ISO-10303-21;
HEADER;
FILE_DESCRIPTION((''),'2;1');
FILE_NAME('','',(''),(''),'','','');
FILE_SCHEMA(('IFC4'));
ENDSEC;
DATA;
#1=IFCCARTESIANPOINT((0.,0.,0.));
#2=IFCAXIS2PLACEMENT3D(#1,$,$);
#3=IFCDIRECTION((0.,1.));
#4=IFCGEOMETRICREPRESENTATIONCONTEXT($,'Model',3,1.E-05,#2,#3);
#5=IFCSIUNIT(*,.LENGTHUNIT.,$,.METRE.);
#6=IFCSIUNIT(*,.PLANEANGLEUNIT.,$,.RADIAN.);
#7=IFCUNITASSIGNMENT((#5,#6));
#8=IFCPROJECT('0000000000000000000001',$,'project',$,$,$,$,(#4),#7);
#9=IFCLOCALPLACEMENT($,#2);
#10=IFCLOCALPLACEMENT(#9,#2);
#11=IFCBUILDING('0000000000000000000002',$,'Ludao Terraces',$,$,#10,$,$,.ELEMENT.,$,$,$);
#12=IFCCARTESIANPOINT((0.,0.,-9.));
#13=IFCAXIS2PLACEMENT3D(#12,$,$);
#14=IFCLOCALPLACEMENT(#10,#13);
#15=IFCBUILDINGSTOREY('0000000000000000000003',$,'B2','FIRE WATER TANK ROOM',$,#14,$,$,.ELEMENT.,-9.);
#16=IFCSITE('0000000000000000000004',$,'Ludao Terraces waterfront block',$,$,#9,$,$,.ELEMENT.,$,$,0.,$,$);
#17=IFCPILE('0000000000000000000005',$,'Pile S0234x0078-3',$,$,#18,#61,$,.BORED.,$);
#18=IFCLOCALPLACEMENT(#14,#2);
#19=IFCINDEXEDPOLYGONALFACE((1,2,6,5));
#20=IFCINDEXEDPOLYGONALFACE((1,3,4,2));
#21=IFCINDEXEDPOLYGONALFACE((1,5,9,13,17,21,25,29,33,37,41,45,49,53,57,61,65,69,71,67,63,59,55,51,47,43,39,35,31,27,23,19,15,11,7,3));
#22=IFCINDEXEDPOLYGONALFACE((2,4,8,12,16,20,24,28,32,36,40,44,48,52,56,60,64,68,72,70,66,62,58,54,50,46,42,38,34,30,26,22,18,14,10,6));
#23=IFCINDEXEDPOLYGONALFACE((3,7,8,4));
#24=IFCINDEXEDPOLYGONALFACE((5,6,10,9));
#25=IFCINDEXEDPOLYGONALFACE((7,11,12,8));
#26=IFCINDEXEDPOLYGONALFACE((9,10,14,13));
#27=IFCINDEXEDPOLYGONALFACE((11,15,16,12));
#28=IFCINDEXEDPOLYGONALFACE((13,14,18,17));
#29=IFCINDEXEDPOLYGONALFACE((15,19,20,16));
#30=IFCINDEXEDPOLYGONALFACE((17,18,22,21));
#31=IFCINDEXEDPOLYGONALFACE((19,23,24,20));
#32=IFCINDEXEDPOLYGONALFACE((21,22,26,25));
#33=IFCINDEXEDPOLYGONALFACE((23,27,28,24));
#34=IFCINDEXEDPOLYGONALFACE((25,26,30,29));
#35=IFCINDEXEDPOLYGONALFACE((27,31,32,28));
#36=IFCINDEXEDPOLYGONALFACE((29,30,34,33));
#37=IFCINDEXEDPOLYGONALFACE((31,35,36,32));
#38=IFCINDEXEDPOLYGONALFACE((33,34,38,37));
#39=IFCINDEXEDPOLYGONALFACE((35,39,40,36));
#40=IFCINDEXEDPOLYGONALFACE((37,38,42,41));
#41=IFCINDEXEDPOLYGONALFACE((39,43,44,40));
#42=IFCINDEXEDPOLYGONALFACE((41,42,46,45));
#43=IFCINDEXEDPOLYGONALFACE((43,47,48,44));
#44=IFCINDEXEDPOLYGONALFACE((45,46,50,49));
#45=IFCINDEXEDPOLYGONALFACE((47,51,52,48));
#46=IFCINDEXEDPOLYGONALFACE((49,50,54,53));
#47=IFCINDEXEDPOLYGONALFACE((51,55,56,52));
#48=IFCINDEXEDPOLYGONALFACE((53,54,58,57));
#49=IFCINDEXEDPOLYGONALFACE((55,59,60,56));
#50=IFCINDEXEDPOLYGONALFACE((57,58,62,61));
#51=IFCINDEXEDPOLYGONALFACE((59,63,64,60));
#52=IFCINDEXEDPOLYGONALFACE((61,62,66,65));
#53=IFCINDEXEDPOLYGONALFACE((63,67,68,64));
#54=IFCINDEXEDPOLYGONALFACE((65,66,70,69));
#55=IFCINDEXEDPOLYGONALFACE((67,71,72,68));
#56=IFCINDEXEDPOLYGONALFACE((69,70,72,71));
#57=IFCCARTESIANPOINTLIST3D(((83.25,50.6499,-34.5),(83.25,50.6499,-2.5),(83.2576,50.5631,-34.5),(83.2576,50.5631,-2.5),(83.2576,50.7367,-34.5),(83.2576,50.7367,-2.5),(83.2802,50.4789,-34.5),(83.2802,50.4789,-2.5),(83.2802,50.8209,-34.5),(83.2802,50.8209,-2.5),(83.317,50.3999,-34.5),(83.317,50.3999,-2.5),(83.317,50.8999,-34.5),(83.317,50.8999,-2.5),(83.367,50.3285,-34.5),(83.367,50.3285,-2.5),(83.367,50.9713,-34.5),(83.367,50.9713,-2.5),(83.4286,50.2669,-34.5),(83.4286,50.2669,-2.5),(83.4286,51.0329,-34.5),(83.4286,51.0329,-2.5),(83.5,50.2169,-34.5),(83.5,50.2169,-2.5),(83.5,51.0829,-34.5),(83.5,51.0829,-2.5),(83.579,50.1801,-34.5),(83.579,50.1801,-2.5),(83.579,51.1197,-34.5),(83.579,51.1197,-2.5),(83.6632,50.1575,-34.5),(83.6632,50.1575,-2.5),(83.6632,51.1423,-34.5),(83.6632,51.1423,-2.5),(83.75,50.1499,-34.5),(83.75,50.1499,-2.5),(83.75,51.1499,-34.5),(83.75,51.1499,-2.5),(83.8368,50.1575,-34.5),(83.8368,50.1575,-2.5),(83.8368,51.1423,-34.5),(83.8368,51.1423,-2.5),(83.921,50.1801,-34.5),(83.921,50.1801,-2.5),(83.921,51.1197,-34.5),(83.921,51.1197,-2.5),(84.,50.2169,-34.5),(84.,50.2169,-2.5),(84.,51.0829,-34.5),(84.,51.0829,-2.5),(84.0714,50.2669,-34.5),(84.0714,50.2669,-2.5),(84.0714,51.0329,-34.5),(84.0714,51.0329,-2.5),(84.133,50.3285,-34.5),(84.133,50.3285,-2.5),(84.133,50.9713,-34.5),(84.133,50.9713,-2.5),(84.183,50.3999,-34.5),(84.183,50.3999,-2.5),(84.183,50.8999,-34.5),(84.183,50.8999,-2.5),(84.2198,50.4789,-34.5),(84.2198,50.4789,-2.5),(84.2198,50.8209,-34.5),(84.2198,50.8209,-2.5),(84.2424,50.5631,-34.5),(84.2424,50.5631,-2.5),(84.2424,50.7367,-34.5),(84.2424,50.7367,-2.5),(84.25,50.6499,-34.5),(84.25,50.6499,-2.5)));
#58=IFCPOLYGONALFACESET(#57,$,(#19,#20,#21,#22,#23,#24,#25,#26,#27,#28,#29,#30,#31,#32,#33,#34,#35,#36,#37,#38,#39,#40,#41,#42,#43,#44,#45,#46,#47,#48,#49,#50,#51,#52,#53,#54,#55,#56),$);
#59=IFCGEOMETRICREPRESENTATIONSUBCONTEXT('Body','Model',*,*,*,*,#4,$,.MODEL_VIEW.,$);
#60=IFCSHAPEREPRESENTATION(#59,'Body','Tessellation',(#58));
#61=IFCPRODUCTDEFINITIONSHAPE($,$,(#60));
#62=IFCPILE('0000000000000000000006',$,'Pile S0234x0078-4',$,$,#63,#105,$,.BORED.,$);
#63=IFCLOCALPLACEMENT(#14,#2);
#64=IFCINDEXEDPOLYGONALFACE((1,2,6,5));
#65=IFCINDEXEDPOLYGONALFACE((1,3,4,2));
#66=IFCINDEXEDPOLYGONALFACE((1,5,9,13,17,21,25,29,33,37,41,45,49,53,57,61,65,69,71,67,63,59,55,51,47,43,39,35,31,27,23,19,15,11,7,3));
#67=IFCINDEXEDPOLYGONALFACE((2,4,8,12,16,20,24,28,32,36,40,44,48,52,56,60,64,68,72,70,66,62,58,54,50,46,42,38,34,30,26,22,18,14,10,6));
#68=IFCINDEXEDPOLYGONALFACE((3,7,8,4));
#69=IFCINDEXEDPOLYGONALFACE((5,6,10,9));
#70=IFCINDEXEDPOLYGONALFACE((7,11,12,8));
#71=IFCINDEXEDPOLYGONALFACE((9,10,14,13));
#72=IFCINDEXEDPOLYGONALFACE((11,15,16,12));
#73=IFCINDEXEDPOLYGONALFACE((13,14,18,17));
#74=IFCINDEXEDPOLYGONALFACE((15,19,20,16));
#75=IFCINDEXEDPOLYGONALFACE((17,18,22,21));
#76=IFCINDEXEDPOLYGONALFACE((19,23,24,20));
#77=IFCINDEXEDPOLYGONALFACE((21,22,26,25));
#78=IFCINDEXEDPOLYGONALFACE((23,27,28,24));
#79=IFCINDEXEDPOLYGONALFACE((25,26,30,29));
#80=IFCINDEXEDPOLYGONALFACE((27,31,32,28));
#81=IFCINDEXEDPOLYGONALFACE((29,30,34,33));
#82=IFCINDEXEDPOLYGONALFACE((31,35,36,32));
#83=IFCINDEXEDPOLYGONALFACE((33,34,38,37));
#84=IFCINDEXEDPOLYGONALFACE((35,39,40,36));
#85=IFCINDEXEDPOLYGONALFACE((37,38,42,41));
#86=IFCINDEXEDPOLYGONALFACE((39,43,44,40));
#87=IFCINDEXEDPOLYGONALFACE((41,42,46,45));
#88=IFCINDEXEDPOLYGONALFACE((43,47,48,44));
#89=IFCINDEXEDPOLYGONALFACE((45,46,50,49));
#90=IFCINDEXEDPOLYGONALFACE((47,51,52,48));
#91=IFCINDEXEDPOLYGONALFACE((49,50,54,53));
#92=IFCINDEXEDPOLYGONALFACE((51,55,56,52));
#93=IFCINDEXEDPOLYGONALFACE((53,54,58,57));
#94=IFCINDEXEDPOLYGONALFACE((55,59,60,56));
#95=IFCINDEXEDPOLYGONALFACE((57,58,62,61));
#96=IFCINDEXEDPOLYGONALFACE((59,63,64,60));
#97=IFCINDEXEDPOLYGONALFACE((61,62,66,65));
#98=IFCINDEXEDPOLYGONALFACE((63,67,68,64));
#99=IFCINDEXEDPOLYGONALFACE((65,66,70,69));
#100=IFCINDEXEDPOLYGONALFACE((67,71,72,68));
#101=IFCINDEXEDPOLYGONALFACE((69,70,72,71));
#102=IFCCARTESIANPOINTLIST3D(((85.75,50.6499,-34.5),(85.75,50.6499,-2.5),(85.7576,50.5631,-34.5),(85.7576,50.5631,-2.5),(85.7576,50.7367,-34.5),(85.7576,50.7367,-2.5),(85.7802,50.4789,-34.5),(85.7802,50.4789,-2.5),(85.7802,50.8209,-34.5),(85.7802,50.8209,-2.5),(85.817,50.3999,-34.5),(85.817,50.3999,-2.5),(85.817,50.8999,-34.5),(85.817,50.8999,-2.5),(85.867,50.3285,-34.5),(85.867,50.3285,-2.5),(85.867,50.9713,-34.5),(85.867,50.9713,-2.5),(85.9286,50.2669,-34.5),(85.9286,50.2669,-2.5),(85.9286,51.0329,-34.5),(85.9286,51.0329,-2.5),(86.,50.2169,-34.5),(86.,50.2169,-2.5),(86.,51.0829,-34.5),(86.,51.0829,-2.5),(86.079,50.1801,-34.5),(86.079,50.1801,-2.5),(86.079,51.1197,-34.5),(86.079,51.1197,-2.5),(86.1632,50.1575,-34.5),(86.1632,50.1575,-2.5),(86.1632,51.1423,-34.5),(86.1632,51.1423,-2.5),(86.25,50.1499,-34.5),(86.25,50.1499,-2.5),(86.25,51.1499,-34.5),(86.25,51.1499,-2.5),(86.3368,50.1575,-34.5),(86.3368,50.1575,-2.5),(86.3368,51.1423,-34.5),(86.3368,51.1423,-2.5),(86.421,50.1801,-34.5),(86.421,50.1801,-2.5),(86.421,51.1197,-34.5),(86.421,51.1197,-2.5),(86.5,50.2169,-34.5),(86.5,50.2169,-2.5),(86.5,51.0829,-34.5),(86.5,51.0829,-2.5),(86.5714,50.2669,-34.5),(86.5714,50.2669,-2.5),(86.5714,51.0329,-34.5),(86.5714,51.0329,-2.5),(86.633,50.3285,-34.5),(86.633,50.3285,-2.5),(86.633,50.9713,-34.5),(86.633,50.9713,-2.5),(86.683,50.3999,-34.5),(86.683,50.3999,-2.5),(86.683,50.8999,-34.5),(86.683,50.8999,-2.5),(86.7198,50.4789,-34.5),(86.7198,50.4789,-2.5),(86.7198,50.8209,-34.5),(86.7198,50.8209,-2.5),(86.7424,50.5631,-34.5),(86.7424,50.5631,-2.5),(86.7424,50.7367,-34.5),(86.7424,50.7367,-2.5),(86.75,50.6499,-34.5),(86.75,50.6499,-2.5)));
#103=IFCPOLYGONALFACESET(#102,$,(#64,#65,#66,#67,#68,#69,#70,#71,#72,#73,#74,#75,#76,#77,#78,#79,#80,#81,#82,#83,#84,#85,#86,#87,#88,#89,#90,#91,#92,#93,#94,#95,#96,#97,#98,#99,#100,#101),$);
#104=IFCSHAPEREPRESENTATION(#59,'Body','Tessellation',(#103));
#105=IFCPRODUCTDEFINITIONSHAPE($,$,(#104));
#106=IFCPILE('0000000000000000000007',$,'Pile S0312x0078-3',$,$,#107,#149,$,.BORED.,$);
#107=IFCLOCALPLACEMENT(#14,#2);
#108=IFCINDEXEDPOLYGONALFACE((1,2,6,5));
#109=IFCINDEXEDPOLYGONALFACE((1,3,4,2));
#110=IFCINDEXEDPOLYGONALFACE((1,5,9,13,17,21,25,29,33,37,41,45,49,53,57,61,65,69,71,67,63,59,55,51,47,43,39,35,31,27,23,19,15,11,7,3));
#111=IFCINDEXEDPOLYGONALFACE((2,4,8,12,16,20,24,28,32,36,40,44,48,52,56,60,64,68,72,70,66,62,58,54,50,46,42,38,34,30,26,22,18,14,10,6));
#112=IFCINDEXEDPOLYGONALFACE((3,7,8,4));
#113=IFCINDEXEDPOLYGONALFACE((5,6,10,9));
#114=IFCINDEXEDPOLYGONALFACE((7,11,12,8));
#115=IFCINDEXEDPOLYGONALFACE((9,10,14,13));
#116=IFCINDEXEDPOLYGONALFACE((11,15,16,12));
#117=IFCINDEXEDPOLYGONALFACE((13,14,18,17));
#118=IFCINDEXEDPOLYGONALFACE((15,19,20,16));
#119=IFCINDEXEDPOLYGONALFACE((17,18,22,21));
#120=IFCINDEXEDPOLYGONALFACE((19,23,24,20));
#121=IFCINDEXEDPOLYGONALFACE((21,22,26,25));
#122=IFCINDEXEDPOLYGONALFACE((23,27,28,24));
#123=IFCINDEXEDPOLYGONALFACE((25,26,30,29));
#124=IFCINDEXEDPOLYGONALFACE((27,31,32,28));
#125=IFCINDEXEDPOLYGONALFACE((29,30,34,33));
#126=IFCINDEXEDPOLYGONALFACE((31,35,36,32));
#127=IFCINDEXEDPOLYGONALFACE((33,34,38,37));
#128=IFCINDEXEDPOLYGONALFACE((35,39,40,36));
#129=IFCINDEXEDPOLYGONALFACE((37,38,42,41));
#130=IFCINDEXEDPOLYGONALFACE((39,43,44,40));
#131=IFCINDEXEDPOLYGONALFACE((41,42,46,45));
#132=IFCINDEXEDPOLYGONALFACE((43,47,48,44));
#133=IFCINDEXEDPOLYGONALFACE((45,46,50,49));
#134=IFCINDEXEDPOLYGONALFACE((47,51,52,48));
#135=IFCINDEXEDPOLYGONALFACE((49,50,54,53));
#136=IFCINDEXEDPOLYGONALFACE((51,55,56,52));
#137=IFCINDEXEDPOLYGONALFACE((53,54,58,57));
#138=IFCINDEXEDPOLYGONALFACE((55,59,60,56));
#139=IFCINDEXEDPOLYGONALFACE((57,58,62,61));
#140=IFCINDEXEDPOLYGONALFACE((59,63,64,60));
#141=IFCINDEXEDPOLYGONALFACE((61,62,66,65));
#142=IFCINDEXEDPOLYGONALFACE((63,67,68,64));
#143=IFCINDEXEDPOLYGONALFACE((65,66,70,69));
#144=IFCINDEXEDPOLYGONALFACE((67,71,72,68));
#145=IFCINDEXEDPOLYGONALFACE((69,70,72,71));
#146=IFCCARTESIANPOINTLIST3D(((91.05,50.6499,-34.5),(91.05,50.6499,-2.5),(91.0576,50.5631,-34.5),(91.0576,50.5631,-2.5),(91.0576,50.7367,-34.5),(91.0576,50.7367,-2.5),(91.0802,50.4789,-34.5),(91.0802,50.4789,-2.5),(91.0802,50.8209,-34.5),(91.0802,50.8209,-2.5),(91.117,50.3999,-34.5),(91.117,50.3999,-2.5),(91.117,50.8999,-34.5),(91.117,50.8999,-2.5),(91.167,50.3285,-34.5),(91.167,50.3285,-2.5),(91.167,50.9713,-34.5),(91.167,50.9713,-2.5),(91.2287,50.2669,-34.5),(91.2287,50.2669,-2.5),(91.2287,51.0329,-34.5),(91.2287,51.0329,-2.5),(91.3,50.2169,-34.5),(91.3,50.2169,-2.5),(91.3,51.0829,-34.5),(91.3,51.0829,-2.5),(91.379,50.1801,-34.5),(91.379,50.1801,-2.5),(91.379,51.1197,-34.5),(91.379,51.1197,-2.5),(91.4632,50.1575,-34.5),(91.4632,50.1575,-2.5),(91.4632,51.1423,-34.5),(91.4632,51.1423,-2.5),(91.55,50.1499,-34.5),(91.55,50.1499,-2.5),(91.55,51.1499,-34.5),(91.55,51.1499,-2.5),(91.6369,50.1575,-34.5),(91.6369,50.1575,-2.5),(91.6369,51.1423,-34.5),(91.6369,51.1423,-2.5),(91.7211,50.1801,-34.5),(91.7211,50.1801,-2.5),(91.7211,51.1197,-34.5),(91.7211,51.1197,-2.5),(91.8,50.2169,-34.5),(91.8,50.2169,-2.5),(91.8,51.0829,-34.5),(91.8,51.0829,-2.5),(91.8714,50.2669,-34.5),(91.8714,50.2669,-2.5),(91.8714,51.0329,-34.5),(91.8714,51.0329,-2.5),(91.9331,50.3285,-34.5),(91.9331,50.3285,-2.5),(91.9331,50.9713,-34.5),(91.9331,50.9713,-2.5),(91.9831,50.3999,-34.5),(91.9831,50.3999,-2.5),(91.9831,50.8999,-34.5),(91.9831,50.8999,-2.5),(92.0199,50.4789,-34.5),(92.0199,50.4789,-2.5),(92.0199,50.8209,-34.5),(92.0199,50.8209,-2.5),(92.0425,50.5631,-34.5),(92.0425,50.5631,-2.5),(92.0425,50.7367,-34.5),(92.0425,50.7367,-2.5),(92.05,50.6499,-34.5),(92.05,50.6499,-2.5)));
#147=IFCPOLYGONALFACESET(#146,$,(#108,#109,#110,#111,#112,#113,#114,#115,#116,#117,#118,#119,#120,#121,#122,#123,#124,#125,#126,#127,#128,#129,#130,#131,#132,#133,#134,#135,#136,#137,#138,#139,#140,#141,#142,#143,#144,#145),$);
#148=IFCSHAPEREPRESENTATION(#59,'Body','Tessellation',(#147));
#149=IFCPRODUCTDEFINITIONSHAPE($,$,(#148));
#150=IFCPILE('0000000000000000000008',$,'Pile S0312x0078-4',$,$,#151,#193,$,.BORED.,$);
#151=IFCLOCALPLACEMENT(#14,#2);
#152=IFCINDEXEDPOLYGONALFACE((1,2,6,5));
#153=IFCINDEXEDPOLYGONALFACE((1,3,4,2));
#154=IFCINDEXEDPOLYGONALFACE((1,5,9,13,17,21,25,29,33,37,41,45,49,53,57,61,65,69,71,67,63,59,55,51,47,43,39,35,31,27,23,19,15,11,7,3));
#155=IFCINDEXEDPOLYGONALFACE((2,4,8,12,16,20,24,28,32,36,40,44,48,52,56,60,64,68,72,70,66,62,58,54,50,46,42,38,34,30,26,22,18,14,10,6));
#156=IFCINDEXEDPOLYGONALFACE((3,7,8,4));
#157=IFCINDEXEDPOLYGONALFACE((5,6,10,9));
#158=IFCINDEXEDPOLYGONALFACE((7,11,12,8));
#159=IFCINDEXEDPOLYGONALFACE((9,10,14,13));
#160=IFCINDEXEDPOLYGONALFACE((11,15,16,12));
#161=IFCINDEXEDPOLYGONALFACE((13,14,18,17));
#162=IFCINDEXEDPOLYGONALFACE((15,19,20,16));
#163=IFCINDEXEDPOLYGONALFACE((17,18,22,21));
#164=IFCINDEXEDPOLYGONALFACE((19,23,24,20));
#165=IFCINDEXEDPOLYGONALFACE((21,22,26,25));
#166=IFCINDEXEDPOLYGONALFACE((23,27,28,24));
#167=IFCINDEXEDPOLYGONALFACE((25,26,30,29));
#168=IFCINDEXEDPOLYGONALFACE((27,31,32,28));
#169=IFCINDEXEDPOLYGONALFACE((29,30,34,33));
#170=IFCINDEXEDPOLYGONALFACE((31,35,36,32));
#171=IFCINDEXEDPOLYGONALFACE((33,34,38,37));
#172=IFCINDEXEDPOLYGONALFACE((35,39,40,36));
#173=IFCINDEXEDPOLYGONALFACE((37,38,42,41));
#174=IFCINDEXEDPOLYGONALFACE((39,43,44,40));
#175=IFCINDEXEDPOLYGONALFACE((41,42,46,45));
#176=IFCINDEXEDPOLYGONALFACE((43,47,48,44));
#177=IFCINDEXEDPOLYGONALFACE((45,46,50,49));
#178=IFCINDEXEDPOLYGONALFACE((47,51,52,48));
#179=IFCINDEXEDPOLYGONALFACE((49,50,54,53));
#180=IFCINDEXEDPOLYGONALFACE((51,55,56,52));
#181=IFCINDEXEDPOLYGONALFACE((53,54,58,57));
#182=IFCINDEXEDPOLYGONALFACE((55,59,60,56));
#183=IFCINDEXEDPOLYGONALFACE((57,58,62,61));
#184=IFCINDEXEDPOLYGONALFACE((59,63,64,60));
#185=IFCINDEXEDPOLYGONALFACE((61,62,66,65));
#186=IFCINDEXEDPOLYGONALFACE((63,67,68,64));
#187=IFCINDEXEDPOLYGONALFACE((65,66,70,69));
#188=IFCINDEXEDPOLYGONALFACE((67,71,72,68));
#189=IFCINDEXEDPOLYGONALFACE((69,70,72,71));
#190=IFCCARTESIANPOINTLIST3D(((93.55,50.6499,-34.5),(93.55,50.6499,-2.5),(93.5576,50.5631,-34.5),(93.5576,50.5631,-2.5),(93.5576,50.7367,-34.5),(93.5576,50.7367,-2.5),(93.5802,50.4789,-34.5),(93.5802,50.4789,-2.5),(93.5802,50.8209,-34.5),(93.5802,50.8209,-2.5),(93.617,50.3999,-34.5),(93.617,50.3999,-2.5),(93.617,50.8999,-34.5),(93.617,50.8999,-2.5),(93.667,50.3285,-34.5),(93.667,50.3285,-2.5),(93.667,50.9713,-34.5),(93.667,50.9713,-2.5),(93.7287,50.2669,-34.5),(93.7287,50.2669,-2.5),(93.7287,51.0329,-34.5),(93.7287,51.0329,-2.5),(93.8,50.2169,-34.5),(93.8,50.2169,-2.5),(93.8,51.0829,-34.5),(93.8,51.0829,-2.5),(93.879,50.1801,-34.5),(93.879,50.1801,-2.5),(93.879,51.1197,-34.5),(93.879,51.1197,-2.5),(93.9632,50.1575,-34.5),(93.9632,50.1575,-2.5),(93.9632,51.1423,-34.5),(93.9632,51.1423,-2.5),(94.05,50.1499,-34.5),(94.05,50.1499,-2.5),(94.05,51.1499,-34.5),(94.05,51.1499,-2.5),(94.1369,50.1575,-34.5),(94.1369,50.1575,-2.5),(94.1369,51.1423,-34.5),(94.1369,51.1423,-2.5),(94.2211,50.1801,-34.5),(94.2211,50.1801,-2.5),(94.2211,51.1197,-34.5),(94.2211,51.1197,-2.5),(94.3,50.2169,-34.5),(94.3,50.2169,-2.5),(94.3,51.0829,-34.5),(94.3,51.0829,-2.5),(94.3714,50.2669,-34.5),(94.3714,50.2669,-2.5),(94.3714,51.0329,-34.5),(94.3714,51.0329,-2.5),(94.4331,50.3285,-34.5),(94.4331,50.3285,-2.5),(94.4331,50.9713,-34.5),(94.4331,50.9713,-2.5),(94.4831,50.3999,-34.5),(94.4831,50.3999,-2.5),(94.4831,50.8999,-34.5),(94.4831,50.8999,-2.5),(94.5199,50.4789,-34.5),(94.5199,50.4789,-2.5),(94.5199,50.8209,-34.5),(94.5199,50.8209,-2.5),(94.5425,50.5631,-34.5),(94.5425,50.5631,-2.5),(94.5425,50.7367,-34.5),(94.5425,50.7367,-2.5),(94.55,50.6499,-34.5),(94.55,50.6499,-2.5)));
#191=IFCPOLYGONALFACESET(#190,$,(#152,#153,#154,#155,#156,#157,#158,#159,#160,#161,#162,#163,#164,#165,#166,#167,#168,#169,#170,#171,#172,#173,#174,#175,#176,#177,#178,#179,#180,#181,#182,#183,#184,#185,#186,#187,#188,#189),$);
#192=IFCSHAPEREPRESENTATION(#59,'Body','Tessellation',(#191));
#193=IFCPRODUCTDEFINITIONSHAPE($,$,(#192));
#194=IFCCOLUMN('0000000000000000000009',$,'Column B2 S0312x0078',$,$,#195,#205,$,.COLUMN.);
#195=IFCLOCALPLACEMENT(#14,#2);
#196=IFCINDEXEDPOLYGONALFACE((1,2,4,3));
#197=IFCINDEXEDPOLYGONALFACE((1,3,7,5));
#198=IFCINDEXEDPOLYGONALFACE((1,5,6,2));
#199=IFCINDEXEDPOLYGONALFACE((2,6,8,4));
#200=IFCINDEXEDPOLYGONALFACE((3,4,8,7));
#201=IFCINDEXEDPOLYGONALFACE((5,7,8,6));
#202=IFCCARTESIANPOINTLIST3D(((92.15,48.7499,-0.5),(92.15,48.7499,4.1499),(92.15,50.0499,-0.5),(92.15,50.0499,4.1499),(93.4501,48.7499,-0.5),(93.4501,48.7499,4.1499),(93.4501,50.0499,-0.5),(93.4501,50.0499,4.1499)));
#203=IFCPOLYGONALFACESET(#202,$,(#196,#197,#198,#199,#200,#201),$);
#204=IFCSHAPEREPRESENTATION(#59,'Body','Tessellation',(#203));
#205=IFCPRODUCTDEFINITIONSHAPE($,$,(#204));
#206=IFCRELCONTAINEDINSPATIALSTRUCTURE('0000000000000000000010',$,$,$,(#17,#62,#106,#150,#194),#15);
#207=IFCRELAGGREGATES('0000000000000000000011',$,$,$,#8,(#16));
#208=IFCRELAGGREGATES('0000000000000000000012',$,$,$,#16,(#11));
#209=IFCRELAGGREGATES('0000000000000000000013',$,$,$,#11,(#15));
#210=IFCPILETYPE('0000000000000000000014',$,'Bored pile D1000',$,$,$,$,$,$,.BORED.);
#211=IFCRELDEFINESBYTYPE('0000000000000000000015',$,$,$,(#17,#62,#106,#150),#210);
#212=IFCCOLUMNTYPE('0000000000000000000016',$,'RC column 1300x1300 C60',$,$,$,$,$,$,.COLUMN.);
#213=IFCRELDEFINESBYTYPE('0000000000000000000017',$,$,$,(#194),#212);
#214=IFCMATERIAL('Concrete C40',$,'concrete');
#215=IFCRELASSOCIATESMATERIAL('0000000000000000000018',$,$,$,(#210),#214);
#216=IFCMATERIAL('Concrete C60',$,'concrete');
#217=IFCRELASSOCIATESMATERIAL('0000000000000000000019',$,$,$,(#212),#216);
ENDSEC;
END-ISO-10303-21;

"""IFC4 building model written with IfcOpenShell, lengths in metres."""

from ifc_helpers import new_model, si_unit, direction, frame, origin, origin_2d, place, context, subcontext, project, spatial, rectangle, circle, extrude, material, material_profile, profile_set, type_object, element, save


model = new_model("IFC4")

# Units and contexts
model_context = context("Model", 3, precision=1e-05, world=origin(), true_north=direction((0.0, 1.0)))
body_context = subcontext(model_context, "Body", "Model", "MODEL_VIEW")
ifc_project = project(units=[si_unit("LENGTHUNIT", "METRE"), si_unit("PLANEANGLEUNIT", "RADIAN")], contexts=[model_context])

# Site, building, storey
site_placement = place(None, origin())
site = spatial("IfcSite", under=ifc_project, at=site_placement, Name="Ludao Terraces waterfront block", CompositionType="ELEMENT", RefElevation=0.0)
building_placement = place(site_placement, origin())
building = spatial("IfcBuilding", under=site, at=building_placement, Name="Ludao Terraces", CompositionType="ELEMENT")
storey_placement = place(building_placement, frame((0.0, 0.0, -9.0)))
storey = spatial("IfcBuildingStorey", under=building, at=storey_placement, Name="B2", Description="FIRE WATER TANK ROOM", CompositionType="ELEMENT", Elevation=-9.0)

# Piles
ifc_material_1 = material(Name="Concrete C40", Category="concrete")
ifc_material_profile_1 = material_profile(ifc_material_1, circle(Radius=0.5, at=origin_2d()), Name="D1000 BORED PILE")
ifc_profile_set_1 = profile_set([ifc_material_profile_1], Name="Concrete C40")
pile_type = type_object("IfcPileType", Name="Bored pile D1000", PredefinedType="BORED", material=ifc_profile_set_1)
for number, where, z_axis, x_axis, name in (
    (1, (83.75, 50.6499, -2.5), (0.0, 0.0, -1.0), (1.0, 0.0, 0.0), "Pile S0234x0078-3"),
    (2, (86.25, 50.6499, -2.5), (0.0, 0.0, -1.0), (1.0, 0.0, 0.0), "Pile S0234x0078-4"),
    (3, (91.55, 50.6499, -2.5), (0.0, 0.0, -1.0), (1.0, 0.0, 0.0), "Pile S0312x0078-3"),
    (4, (94.05, 50.6499, -2.5), (0.0, 0.0, -1.0), (1.0, 0.0, 0.0), "Pile S0312x0078-4"),
):
    element("IfcPile", number, at=place(storey_placement, frame(where, z_axis=z_axis, x_axis=x_axis)), inside=storey, type_object=pile_type, Name=name, PredefinedType="BORED", context=body_context, shape_type="SweptSolid", body=[
        extrude(circle(Radius=0.5, at=origin_2d()), origin(), (0.0, 0.0, 1.0), 32.0),
    ])

# Column
ifc_material_2 = material(Name="Concrete C60", Category="concrete")
ifc_material_profile_2 = material_profile(ifc_material_2, rectangle(XDim=1.3, YDim=1.3, at=origin_2d()), Name="1300 X 1300")
ifc_profile_set_2 = profile_set([ifc_material_profile_2], Name="Concrete C60")
column_type = type_object("IfcColumnType", Name="RC column 1300x1300 C60", PredefinedType="COLUMN", material=ifc_profile_set_2)
column_placement = place(storey_placement, frame((92.8, 49.3999, -0.5), z_axis=(0.0, 0.0, 1.0), x_axis=(1.0, 0.0, 0.0)))
element("IfcColumn", 5, at=column_placement, inside=storey, type_object=column_type, Name="Column B2 S0312x0078", PredefinedType="COLUMN", context=body_context, shape_type="SweptSolid", body=[
    extrude(rectangle(XDim=1.3, YDim=1.3, at=origin_2d()), origin(), (0.0, 0.0, 1.0), 4.6499),
])

save(model, "model.ifc")
